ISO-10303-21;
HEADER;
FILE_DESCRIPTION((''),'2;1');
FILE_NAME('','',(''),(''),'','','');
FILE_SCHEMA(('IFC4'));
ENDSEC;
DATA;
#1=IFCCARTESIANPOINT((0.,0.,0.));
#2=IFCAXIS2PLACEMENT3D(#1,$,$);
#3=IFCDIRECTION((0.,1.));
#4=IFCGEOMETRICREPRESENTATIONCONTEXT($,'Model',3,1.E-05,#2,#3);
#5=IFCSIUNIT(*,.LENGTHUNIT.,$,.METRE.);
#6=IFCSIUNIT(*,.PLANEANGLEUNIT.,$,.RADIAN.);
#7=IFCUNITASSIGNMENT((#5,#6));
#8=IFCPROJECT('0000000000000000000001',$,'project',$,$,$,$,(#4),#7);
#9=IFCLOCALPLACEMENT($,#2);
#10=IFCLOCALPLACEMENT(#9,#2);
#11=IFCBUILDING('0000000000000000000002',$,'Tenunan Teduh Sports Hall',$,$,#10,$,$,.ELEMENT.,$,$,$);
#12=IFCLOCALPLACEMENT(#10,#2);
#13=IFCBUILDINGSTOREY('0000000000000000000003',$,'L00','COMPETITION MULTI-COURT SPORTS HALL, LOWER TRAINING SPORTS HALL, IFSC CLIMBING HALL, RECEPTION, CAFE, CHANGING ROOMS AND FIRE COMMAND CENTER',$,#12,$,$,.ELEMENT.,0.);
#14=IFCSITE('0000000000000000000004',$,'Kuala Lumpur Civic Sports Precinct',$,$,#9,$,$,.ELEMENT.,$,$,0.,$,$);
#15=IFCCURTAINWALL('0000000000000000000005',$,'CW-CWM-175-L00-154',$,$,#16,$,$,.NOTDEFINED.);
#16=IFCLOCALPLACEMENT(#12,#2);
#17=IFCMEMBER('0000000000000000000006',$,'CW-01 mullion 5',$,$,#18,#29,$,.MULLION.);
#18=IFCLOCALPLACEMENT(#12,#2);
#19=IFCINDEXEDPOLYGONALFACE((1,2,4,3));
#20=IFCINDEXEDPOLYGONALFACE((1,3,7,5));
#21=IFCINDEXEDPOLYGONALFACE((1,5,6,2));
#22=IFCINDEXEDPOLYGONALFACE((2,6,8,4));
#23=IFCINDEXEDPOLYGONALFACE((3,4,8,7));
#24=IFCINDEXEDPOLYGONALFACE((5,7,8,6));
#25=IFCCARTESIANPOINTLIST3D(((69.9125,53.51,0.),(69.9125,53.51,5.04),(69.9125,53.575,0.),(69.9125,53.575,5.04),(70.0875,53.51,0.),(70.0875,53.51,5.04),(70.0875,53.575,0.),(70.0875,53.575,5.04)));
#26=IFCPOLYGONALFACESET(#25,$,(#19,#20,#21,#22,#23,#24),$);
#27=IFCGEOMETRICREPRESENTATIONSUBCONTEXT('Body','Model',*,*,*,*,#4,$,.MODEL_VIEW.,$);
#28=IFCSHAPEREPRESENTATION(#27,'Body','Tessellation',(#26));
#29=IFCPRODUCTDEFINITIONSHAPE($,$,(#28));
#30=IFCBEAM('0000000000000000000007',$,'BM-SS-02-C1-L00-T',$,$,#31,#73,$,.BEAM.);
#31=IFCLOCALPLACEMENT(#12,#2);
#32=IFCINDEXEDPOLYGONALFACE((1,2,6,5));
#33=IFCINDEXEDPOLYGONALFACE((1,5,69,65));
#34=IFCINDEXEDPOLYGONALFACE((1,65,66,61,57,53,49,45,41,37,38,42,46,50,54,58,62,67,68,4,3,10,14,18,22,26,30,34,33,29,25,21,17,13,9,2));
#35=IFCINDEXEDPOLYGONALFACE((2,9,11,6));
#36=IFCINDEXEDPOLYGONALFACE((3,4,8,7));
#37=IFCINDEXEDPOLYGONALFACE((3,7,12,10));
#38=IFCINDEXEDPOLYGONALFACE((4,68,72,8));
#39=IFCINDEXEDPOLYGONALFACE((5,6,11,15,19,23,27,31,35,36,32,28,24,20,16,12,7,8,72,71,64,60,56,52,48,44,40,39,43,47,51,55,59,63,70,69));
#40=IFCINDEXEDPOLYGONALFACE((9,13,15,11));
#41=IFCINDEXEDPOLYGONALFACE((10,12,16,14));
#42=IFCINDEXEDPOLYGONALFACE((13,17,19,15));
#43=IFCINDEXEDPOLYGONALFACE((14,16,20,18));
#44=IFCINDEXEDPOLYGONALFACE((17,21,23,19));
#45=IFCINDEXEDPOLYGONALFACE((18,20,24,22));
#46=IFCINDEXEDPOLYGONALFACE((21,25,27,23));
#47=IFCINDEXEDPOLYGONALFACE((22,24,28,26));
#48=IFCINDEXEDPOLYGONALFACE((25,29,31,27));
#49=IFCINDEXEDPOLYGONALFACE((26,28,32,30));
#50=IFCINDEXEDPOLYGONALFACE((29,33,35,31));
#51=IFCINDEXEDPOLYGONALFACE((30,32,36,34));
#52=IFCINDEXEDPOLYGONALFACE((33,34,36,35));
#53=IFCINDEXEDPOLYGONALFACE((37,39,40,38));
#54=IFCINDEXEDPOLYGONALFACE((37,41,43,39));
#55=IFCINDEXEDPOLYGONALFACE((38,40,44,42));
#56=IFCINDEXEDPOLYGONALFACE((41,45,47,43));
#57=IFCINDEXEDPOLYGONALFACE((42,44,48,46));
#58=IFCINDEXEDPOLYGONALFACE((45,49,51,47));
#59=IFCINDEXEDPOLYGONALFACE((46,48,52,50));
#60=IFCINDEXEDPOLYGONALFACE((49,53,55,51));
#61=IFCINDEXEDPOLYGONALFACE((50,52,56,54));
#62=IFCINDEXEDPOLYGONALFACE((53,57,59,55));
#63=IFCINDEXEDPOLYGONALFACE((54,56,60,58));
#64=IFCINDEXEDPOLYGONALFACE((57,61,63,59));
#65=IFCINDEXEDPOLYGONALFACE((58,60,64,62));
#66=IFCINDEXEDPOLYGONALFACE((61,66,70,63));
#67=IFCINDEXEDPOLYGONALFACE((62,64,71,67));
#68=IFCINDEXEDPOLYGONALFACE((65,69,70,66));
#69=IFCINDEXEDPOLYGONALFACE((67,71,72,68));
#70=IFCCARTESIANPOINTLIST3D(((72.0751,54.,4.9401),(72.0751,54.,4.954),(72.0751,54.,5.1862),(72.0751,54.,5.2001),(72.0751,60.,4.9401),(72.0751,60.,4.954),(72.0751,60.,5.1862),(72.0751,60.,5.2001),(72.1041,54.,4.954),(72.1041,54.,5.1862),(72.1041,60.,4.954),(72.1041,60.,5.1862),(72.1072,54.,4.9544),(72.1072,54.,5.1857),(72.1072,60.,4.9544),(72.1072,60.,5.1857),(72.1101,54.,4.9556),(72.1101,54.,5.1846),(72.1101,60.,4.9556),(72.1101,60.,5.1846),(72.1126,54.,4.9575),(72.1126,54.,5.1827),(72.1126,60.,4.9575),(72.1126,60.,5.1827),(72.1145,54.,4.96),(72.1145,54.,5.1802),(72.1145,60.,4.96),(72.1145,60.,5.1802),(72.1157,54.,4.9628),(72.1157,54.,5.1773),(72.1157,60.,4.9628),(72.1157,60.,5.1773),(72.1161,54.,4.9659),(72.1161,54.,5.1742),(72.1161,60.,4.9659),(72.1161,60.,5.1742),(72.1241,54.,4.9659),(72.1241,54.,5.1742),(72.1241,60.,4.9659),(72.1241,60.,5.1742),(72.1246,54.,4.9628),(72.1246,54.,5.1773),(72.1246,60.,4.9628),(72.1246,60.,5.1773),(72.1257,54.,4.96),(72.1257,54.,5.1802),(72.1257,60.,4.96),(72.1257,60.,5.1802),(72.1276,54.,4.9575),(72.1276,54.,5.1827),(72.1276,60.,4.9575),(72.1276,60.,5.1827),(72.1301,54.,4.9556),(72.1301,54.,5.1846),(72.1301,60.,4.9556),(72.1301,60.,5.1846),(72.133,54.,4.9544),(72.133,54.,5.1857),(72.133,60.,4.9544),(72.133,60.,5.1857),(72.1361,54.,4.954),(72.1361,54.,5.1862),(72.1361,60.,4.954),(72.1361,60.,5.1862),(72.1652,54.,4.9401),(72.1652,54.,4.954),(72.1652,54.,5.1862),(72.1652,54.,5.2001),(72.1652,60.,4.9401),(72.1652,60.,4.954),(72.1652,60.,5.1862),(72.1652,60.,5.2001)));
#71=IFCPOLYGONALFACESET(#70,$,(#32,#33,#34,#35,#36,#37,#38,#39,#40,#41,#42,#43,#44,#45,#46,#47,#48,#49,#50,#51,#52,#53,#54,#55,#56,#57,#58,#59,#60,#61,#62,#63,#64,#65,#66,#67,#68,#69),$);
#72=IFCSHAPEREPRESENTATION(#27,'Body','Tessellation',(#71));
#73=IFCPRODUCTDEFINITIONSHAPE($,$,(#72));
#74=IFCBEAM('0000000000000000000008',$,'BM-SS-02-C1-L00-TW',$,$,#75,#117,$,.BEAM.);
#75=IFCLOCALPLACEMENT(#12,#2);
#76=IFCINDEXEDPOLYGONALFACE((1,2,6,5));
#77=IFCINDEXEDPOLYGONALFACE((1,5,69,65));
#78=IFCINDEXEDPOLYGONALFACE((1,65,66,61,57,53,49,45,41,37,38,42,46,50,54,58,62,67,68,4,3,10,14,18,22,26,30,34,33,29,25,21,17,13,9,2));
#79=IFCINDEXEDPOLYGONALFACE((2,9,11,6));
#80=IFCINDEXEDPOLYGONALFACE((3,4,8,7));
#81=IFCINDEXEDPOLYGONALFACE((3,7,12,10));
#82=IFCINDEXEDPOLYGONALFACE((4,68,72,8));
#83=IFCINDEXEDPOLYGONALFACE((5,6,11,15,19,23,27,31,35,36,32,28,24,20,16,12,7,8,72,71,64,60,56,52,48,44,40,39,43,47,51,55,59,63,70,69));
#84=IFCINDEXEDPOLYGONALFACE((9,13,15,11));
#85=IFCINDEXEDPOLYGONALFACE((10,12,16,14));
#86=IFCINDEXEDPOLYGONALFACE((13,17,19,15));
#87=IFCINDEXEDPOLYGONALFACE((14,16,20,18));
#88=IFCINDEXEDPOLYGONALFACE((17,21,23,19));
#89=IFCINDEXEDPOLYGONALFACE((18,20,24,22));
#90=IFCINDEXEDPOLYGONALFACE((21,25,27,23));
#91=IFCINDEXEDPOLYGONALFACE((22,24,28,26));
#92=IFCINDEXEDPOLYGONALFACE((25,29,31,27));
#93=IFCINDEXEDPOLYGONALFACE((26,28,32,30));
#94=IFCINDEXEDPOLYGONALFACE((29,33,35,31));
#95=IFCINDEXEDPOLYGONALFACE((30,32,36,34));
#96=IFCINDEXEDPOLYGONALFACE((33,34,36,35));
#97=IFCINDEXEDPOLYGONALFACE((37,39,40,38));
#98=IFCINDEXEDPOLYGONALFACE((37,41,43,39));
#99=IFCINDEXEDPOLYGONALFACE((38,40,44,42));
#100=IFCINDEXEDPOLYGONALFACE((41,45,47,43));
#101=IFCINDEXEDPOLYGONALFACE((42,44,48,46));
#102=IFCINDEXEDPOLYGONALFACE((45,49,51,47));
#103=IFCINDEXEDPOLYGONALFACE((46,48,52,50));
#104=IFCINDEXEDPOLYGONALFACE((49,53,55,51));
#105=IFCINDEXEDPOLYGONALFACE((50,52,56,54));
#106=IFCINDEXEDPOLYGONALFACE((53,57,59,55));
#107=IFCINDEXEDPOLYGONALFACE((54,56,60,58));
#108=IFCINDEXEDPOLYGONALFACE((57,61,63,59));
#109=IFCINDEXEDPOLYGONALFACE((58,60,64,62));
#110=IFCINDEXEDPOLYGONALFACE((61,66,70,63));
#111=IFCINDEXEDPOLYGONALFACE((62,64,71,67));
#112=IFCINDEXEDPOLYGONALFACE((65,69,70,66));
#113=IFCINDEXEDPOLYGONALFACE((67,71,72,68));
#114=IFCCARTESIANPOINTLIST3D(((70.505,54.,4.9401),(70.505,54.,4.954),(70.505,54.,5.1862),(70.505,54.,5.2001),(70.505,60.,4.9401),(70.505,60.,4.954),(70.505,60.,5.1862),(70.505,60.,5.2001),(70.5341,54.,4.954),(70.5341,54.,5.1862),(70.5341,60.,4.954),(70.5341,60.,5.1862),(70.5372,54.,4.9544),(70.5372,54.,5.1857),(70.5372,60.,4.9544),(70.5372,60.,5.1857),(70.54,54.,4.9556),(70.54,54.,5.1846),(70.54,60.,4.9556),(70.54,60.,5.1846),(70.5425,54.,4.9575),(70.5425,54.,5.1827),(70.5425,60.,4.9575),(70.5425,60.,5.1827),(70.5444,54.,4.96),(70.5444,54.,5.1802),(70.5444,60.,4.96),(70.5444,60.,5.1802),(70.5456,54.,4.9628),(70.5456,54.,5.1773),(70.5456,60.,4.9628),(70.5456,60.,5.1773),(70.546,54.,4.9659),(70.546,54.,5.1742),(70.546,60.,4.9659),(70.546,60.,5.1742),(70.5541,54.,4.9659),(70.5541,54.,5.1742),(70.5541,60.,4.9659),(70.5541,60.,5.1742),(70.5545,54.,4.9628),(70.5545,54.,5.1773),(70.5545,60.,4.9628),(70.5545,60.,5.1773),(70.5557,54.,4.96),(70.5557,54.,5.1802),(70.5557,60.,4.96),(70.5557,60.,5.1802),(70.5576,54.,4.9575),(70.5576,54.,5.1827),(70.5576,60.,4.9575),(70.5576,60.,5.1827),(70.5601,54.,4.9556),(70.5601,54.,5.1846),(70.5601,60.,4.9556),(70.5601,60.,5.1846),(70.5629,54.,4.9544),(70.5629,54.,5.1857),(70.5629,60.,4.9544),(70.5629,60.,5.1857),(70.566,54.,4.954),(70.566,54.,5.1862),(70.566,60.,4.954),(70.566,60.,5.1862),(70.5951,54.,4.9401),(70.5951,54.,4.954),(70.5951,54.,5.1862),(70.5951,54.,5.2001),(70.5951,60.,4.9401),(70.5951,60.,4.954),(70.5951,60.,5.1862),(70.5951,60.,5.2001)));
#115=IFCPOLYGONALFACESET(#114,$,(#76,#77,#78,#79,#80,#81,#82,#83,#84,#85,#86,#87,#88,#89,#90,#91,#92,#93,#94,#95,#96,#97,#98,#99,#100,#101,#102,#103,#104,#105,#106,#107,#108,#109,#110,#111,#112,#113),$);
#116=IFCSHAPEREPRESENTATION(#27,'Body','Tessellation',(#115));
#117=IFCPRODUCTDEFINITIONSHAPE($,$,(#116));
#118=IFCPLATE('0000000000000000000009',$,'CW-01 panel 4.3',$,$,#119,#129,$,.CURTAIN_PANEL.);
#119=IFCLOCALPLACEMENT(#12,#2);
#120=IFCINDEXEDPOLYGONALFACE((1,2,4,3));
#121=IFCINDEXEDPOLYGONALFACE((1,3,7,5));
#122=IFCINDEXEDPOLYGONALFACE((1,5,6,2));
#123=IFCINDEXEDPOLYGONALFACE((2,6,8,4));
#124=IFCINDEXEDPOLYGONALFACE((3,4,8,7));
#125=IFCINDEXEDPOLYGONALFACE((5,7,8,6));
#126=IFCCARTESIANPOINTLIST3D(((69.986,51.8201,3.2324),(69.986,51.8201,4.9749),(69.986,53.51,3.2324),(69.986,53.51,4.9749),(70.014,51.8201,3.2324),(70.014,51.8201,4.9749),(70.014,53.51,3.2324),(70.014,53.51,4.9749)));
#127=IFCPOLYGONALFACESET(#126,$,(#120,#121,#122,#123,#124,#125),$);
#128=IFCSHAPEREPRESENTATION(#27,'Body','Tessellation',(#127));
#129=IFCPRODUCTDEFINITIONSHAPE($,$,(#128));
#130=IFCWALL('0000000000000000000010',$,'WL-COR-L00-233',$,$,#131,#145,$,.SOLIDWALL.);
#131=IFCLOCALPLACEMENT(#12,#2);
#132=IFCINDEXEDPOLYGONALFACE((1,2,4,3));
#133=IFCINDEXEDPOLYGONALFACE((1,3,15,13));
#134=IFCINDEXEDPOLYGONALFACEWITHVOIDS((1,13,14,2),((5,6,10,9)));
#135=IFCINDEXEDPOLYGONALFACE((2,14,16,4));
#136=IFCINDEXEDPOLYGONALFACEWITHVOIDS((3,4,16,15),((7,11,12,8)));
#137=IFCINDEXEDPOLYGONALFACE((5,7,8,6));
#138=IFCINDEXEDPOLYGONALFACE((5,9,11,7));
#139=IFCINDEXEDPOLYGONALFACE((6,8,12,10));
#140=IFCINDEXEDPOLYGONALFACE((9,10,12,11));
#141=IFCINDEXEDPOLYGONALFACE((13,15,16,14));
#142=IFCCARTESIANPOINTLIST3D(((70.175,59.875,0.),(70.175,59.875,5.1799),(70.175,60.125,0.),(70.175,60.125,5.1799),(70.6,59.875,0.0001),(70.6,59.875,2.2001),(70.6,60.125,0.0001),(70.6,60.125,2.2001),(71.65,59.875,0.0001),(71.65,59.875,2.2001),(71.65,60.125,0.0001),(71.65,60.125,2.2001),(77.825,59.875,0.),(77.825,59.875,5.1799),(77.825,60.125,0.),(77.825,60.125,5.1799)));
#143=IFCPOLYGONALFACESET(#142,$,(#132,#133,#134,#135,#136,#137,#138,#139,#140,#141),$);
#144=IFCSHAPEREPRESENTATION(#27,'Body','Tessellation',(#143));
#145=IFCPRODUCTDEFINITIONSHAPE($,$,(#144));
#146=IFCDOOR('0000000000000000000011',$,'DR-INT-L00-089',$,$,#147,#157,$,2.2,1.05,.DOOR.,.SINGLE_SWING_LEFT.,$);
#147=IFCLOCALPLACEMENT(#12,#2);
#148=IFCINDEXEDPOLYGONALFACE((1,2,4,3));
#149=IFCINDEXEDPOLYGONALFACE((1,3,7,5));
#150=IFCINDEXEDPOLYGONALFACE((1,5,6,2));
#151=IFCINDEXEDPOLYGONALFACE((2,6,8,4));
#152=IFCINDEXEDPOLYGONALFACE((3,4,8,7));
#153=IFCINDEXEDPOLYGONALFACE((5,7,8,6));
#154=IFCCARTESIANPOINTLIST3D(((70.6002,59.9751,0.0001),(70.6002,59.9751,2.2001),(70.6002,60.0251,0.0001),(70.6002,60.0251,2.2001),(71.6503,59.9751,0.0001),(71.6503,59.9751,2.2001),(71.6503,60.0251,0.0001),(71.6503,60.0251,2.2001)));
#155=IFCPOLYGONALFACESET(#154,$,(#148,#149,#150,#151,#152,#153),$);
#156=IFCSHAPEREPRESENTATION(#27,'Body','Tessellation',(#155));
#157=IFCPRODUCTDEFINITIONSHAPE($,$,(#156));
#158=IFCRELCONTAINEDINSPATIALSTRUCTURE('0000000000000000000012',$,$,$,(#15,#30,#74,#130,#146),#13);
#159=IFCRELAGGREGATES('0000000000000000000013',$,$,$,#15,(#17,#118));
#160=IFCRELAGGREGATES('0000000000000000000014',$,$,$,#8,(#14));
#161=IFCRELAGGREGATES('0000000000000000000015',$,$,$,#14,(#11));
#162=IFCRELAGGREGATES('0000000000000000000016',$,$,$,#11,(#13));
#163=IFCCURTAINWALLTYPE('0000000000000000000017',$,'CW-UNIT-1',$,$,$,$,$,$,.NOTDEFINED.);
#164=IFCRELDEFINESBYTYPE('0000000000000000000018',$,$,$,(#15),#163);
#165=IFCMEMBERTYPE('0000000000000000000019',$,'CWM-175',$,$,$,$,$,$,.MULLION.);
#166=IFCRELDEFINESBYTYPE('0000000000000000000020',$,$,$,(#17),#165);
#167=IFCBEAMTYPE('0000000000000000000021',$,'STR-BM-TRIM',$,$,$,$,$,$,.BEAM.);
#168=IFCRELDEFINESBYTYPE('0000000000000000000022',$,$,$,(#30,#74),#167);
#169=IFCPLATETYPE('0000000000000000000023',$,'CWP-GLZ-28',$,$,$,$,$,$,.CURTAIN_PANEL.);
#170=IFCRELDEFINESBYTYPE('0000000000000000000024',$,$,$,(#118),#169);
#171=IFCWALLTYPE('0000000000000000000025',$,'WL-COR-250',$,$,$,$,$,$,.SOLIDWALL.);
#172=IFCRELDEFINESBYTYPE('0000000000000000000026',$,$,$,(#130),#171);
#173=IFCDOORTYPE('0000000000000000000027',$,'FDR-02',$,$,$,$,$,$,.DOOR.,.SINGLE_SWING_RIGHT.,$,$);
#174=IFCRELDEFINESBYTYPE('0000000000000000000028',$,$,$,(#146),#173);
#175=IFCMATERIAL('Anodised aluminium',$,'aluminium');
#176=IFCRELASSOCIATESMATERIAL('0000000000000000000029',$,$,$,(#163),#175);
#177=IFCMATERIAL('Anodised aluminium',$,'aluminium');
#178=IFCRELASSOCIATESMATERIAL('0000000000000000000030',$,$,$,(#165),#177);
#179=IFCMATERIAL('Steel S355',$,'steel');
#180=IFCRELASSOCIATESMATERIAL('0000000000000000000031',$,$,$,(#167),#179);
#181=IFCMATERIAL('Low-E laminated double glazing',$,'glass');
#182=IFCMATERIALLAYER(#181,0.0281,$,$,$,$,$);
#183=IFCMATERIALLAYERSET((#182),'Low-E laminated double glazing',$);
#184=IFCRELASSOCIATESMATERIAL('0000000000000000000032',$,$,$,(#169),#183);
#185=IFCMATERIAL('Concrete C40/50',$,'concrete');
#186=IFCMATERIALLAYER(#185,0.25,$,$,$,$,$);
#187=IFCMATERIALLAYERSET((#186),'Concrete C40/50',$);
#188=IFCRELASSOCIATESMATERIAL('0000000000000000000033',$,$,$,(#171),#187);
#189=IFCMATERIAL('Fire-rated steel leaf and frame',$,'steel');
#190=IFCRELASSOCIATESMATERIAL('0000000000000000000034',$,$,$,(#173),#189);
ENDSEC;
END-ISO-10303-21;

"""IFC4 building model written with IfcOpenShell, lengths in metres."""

from ifc_helpers import new_model, si_unit, direction, frame, frame_2d, origin, origin_2d, place, context, subcontext, project, spatial, rectangle, i_section, extrude, material, layer, layer_set, material_profile, profile_set, type_object, element, fill, aggregate, save


model = new_model("IFC4")

# Units and contexts
model_context = context("Model", 3, precision=1e-05, world=origin(), true_north=direction((0.0, 1.0)))
body_context = subcontext(model_context, "Body", "Model", "MODEL_VIEW")
ifc_project = project(units=[si_unit("LENGTHUNIT", "METRE"), si_unit("PLANEANGLEUNIT", "RADIAN")], contexts=[model_context])

# Site, building, storey
site_placement = place(None, origin())
site = spatial("IfcSite", under=ifc_project, at=site_placement, Name="Kuala Lumpur Civic Sports Precinct", CompositionType="ELEMENT", RefElevation=0.0)
building_placement = place(site_placement, origin())
building = spatial("IfcBuilding", under=site, at=building_placement, Name="Tenunan Teduh Sports Hall", CompositionType="ELEMENT")
storey_placement = place(building_placement, origin())
storey = spatial("IfcBuildingStorey", under=building, at=storey_placement, Name="L00", Description="COMPETITION MULTI-COURT SPORTS HALL, LOWER TRAINING SPORTS HALL, IFSC CLIMBING HALL, RECEPTION, CAFE, CHANGING ROOMS AND FIRE COMMAND CENTER", CompositionType="ELEMENT", Elevation=0.0)

# Curtain wall, member
ifc_material_1 = material(Name="Anodised aluminium", Category="aluminium")
curtain_wall_type = type_object("IfcCurtainWallType", Name="CW-UNIT-1", PredefinedType="NOTDEFINED", material=ifc_material_1)
curtain_wall_placement = place(storey_placement, origin())
curtain_wall = element("IfcCurtainWall", 1, at=curtain_wall_placement, inside=storey, type_object=curtain_wall_type, Name="CW-CWM-175-L00-154", PredefinedType="NOTDEFINED")
ifc_material_2 = material(Name="Anodised aluminium", Category="aluminium")
ifc_material_profile_1 = material_profile(ifc_material_2, rectangle(XDim=0.0649, YDim=0.175, at=origin_2d()), Name="CWM 65x175")
ifc_profile_set_1 = profile_set([ifc_material_profile_1], Name="Anodised aluminium")
member_type = type_object("IfcMemberType", Name="CWM-175", PredefinedType="MULLION", material=ifc_profile_set_1)
member_placement = place(storey_placement, frame((70.0, 53.5425, 0.0), z_axis=(0.0, 0.0, 1.0), x_axis=(0.0, 1.0, 0.0)))
member = element("IfcMember", 2, at=member_placement, type_object=member_type, Name="CW-01 mullion 5", PredefinedType="MULLION", context=body_context, shape_type="SweptSolid", body=[
    extrude(rectangle(XDim=0.0649, YDim=0.175, at=origin_2d()), origin(), (0.0, 0.0, 1.0), 5.04),
])

# Beams
ifc_material_3 = material(Name="Steel S355", Category="steel")
ifc_material_profile_2 = material_profile(ifc_material_3, i_section(OverallWidth=0.0901, OverallDepth=0.26, WebThickness=0.0081, FlangeThickness=0.0139, FilletRadius=0.012, at=origin_2d()), Name="PFC 260x90")
ifc_profile_set_2 = profile_set([ifc_material_profile_2], Name="Steel S355")
beam_type_1 = type_object("IfcBeamType", Name="STR-BM-TRIM", PredefinedType="BEAM", material=ifc_profile_set_2)
for number, where, z_axis, x_axis, name in (
    (3, (72.1201, 54.0, 5.0701), (0.0, 1.0, 0.0), (-1.0, 0.0, 0.0), "BM-SS-02-C1-L00-T"),
    (4, (70.55, 54.0, 5.0701), (0.0, 1.0, 0.0), (-1.0, 0.0, 0.0), "BM-SS-02-C1-L00-TW"),
):
    element("IfcBeam", number, at=place(storey_placement, frame(where, z_axis=z_axis, x_axis=x_axis)), inside=storey, type_object=beam_type_1, Name=name, PredefinedType="BEAM", context=body_context, shape_type="SweptSolid", body=[
        extrude(i_section(OverallWidth=0.0901, OverallDepth=0.26, WebThickness=0.0081, FlangeThickness=0.0139, FilletRadius=0.012, at=origin_2d()), origin(), (0.0, 0.0, 1.0), 6.0),
    ])

# Plate
ifc_material_4 = material(Name="Low-E laminated double glazing", Category="glass")
ifc_layer_1 = layer(ifc_material_4, 0.0281)
ifc_layer_set_1 = layer_set([ifc_layer_1], Name="Low-E laminated double glazing")
plate_type = type_object("IfcPlateType", Name="CWP-GLZ-28", PredefinedType="CURTAIN_PANEL", material=ifc_layer_set_1)
plate_placement = place(storey_placement, frame((70.0, 52.665, 3.2324), z_axis=(0.0, 0.0, 1.0), x_axis=(0.0, 1.0, 0.0)))
plate = element("IfcPlate", 5, at=plate_placement, type_object=plate_type, Name="CW-01 panel 4.3", PredefinedType="CURTAIN_PANEL", context=body_context, shape_type="SweptSolid", body=[
    extrude(rectangle(XDim=1.6899, YDim=0.0281, at=origin_2d()), origin(), (0.0, 0.0, 1.0), 1.7424),
])
aggregate(curtain_wall, [member, plate])

# Wall, opening, door
ifc_material_5 = material(Name="Concrete C40/50", Category="concrete")
ifc_layer_2 = layer(ifc_material_5, 0.25)
ifc_layer_set_2 = layer_set([ifc_layer_2], Name="Concrete C40/50")
wall_type_1 = type_object("IfcWallType", Name="WL-COR-250", PredefinedType="SOLIDWALL", material=ifc_layer_set_2)
wall_1_placement = place(storey_placement, frame((70.175, 60.0, 0.0), z_axis=(0.0, 0.0, 1.0), x_axis=(1.0, 0.0, 0.0)))
wall_1 = element("IfcWall", 6, at=wall_1_placement, inside=storey, type_object=wall_type_1, Name="WL-COR-L00-233", PredefinedType="SOLIDWALL", context=body_context, shape_type="SweptSolid", body=[
    extrude(rectangle(XDim=7.6499, YDim=0.25, at=frame_2d((3.825, 0.0))), origin(), (0.0, 0.0, 1.0), 5.1799),
])
opening_1_placement = place(wall_1_placement, frame((0.425, 0.0, 0.0)))
opening_1 = element("IfcOpeningElement", 7, at=opening_1_placement, cuts=wall_1, PredefinedType="OPENING", context=body_context, shape_type="SweptSolid", body=[
    extrude(rectangle(XDim=1.05, YDim=2.2, at=frame_2d((0.5249, 1.1001))), frame((0.0, 0.135, 0.0), z_axis=(0.0, -1.0, 0.0), x_axis=(1.0, 0.0, 0.0)), (0.0, 0.0, 1.0), 0.27),
])
ifc_material_6 = material(Name="Fire-rated steel leaf and frame", Category="steel")
door_type_1 = type_object("IfcDoorType", Name="FDR-02", OperationType="SINGLE_SWING_RIGHT", PredefinedType="DOOR", material=ifc_material_6)
door_1_placement = place(opening_1_placement, frame((1.05, 0.0, 0.0), z_axis=(0.0, 0.0, 1.0), x_axis=(-1.0, 0.0, 0.0)))
door_1 = element("IfcDoor", 8, at=door_1_placement, inside=storey, type_object=door_type_1, Name="DR-INT-L00-089", OperationType="SINGLE_SWING_LEFT", OverallHeight=2.2, OverallWidth=1.05, PredefinedType="DOOR", context=body_context, shape_type="SweptSolid", body=[
    extrude(rectangle(XDim=1.05, YDim=2.2, at=frame_2d((0.5249, 1.1001))), frame((0.0, 0.0249, 0.0), z_axis=(0.0, -1.0, 0.0), x_axis=(1.0, 0.0, 0.0)), (0.0, 0.0, 1.0), 0.05),
])
fill(opening_1, door_1)

save(model, "model.ifc")
